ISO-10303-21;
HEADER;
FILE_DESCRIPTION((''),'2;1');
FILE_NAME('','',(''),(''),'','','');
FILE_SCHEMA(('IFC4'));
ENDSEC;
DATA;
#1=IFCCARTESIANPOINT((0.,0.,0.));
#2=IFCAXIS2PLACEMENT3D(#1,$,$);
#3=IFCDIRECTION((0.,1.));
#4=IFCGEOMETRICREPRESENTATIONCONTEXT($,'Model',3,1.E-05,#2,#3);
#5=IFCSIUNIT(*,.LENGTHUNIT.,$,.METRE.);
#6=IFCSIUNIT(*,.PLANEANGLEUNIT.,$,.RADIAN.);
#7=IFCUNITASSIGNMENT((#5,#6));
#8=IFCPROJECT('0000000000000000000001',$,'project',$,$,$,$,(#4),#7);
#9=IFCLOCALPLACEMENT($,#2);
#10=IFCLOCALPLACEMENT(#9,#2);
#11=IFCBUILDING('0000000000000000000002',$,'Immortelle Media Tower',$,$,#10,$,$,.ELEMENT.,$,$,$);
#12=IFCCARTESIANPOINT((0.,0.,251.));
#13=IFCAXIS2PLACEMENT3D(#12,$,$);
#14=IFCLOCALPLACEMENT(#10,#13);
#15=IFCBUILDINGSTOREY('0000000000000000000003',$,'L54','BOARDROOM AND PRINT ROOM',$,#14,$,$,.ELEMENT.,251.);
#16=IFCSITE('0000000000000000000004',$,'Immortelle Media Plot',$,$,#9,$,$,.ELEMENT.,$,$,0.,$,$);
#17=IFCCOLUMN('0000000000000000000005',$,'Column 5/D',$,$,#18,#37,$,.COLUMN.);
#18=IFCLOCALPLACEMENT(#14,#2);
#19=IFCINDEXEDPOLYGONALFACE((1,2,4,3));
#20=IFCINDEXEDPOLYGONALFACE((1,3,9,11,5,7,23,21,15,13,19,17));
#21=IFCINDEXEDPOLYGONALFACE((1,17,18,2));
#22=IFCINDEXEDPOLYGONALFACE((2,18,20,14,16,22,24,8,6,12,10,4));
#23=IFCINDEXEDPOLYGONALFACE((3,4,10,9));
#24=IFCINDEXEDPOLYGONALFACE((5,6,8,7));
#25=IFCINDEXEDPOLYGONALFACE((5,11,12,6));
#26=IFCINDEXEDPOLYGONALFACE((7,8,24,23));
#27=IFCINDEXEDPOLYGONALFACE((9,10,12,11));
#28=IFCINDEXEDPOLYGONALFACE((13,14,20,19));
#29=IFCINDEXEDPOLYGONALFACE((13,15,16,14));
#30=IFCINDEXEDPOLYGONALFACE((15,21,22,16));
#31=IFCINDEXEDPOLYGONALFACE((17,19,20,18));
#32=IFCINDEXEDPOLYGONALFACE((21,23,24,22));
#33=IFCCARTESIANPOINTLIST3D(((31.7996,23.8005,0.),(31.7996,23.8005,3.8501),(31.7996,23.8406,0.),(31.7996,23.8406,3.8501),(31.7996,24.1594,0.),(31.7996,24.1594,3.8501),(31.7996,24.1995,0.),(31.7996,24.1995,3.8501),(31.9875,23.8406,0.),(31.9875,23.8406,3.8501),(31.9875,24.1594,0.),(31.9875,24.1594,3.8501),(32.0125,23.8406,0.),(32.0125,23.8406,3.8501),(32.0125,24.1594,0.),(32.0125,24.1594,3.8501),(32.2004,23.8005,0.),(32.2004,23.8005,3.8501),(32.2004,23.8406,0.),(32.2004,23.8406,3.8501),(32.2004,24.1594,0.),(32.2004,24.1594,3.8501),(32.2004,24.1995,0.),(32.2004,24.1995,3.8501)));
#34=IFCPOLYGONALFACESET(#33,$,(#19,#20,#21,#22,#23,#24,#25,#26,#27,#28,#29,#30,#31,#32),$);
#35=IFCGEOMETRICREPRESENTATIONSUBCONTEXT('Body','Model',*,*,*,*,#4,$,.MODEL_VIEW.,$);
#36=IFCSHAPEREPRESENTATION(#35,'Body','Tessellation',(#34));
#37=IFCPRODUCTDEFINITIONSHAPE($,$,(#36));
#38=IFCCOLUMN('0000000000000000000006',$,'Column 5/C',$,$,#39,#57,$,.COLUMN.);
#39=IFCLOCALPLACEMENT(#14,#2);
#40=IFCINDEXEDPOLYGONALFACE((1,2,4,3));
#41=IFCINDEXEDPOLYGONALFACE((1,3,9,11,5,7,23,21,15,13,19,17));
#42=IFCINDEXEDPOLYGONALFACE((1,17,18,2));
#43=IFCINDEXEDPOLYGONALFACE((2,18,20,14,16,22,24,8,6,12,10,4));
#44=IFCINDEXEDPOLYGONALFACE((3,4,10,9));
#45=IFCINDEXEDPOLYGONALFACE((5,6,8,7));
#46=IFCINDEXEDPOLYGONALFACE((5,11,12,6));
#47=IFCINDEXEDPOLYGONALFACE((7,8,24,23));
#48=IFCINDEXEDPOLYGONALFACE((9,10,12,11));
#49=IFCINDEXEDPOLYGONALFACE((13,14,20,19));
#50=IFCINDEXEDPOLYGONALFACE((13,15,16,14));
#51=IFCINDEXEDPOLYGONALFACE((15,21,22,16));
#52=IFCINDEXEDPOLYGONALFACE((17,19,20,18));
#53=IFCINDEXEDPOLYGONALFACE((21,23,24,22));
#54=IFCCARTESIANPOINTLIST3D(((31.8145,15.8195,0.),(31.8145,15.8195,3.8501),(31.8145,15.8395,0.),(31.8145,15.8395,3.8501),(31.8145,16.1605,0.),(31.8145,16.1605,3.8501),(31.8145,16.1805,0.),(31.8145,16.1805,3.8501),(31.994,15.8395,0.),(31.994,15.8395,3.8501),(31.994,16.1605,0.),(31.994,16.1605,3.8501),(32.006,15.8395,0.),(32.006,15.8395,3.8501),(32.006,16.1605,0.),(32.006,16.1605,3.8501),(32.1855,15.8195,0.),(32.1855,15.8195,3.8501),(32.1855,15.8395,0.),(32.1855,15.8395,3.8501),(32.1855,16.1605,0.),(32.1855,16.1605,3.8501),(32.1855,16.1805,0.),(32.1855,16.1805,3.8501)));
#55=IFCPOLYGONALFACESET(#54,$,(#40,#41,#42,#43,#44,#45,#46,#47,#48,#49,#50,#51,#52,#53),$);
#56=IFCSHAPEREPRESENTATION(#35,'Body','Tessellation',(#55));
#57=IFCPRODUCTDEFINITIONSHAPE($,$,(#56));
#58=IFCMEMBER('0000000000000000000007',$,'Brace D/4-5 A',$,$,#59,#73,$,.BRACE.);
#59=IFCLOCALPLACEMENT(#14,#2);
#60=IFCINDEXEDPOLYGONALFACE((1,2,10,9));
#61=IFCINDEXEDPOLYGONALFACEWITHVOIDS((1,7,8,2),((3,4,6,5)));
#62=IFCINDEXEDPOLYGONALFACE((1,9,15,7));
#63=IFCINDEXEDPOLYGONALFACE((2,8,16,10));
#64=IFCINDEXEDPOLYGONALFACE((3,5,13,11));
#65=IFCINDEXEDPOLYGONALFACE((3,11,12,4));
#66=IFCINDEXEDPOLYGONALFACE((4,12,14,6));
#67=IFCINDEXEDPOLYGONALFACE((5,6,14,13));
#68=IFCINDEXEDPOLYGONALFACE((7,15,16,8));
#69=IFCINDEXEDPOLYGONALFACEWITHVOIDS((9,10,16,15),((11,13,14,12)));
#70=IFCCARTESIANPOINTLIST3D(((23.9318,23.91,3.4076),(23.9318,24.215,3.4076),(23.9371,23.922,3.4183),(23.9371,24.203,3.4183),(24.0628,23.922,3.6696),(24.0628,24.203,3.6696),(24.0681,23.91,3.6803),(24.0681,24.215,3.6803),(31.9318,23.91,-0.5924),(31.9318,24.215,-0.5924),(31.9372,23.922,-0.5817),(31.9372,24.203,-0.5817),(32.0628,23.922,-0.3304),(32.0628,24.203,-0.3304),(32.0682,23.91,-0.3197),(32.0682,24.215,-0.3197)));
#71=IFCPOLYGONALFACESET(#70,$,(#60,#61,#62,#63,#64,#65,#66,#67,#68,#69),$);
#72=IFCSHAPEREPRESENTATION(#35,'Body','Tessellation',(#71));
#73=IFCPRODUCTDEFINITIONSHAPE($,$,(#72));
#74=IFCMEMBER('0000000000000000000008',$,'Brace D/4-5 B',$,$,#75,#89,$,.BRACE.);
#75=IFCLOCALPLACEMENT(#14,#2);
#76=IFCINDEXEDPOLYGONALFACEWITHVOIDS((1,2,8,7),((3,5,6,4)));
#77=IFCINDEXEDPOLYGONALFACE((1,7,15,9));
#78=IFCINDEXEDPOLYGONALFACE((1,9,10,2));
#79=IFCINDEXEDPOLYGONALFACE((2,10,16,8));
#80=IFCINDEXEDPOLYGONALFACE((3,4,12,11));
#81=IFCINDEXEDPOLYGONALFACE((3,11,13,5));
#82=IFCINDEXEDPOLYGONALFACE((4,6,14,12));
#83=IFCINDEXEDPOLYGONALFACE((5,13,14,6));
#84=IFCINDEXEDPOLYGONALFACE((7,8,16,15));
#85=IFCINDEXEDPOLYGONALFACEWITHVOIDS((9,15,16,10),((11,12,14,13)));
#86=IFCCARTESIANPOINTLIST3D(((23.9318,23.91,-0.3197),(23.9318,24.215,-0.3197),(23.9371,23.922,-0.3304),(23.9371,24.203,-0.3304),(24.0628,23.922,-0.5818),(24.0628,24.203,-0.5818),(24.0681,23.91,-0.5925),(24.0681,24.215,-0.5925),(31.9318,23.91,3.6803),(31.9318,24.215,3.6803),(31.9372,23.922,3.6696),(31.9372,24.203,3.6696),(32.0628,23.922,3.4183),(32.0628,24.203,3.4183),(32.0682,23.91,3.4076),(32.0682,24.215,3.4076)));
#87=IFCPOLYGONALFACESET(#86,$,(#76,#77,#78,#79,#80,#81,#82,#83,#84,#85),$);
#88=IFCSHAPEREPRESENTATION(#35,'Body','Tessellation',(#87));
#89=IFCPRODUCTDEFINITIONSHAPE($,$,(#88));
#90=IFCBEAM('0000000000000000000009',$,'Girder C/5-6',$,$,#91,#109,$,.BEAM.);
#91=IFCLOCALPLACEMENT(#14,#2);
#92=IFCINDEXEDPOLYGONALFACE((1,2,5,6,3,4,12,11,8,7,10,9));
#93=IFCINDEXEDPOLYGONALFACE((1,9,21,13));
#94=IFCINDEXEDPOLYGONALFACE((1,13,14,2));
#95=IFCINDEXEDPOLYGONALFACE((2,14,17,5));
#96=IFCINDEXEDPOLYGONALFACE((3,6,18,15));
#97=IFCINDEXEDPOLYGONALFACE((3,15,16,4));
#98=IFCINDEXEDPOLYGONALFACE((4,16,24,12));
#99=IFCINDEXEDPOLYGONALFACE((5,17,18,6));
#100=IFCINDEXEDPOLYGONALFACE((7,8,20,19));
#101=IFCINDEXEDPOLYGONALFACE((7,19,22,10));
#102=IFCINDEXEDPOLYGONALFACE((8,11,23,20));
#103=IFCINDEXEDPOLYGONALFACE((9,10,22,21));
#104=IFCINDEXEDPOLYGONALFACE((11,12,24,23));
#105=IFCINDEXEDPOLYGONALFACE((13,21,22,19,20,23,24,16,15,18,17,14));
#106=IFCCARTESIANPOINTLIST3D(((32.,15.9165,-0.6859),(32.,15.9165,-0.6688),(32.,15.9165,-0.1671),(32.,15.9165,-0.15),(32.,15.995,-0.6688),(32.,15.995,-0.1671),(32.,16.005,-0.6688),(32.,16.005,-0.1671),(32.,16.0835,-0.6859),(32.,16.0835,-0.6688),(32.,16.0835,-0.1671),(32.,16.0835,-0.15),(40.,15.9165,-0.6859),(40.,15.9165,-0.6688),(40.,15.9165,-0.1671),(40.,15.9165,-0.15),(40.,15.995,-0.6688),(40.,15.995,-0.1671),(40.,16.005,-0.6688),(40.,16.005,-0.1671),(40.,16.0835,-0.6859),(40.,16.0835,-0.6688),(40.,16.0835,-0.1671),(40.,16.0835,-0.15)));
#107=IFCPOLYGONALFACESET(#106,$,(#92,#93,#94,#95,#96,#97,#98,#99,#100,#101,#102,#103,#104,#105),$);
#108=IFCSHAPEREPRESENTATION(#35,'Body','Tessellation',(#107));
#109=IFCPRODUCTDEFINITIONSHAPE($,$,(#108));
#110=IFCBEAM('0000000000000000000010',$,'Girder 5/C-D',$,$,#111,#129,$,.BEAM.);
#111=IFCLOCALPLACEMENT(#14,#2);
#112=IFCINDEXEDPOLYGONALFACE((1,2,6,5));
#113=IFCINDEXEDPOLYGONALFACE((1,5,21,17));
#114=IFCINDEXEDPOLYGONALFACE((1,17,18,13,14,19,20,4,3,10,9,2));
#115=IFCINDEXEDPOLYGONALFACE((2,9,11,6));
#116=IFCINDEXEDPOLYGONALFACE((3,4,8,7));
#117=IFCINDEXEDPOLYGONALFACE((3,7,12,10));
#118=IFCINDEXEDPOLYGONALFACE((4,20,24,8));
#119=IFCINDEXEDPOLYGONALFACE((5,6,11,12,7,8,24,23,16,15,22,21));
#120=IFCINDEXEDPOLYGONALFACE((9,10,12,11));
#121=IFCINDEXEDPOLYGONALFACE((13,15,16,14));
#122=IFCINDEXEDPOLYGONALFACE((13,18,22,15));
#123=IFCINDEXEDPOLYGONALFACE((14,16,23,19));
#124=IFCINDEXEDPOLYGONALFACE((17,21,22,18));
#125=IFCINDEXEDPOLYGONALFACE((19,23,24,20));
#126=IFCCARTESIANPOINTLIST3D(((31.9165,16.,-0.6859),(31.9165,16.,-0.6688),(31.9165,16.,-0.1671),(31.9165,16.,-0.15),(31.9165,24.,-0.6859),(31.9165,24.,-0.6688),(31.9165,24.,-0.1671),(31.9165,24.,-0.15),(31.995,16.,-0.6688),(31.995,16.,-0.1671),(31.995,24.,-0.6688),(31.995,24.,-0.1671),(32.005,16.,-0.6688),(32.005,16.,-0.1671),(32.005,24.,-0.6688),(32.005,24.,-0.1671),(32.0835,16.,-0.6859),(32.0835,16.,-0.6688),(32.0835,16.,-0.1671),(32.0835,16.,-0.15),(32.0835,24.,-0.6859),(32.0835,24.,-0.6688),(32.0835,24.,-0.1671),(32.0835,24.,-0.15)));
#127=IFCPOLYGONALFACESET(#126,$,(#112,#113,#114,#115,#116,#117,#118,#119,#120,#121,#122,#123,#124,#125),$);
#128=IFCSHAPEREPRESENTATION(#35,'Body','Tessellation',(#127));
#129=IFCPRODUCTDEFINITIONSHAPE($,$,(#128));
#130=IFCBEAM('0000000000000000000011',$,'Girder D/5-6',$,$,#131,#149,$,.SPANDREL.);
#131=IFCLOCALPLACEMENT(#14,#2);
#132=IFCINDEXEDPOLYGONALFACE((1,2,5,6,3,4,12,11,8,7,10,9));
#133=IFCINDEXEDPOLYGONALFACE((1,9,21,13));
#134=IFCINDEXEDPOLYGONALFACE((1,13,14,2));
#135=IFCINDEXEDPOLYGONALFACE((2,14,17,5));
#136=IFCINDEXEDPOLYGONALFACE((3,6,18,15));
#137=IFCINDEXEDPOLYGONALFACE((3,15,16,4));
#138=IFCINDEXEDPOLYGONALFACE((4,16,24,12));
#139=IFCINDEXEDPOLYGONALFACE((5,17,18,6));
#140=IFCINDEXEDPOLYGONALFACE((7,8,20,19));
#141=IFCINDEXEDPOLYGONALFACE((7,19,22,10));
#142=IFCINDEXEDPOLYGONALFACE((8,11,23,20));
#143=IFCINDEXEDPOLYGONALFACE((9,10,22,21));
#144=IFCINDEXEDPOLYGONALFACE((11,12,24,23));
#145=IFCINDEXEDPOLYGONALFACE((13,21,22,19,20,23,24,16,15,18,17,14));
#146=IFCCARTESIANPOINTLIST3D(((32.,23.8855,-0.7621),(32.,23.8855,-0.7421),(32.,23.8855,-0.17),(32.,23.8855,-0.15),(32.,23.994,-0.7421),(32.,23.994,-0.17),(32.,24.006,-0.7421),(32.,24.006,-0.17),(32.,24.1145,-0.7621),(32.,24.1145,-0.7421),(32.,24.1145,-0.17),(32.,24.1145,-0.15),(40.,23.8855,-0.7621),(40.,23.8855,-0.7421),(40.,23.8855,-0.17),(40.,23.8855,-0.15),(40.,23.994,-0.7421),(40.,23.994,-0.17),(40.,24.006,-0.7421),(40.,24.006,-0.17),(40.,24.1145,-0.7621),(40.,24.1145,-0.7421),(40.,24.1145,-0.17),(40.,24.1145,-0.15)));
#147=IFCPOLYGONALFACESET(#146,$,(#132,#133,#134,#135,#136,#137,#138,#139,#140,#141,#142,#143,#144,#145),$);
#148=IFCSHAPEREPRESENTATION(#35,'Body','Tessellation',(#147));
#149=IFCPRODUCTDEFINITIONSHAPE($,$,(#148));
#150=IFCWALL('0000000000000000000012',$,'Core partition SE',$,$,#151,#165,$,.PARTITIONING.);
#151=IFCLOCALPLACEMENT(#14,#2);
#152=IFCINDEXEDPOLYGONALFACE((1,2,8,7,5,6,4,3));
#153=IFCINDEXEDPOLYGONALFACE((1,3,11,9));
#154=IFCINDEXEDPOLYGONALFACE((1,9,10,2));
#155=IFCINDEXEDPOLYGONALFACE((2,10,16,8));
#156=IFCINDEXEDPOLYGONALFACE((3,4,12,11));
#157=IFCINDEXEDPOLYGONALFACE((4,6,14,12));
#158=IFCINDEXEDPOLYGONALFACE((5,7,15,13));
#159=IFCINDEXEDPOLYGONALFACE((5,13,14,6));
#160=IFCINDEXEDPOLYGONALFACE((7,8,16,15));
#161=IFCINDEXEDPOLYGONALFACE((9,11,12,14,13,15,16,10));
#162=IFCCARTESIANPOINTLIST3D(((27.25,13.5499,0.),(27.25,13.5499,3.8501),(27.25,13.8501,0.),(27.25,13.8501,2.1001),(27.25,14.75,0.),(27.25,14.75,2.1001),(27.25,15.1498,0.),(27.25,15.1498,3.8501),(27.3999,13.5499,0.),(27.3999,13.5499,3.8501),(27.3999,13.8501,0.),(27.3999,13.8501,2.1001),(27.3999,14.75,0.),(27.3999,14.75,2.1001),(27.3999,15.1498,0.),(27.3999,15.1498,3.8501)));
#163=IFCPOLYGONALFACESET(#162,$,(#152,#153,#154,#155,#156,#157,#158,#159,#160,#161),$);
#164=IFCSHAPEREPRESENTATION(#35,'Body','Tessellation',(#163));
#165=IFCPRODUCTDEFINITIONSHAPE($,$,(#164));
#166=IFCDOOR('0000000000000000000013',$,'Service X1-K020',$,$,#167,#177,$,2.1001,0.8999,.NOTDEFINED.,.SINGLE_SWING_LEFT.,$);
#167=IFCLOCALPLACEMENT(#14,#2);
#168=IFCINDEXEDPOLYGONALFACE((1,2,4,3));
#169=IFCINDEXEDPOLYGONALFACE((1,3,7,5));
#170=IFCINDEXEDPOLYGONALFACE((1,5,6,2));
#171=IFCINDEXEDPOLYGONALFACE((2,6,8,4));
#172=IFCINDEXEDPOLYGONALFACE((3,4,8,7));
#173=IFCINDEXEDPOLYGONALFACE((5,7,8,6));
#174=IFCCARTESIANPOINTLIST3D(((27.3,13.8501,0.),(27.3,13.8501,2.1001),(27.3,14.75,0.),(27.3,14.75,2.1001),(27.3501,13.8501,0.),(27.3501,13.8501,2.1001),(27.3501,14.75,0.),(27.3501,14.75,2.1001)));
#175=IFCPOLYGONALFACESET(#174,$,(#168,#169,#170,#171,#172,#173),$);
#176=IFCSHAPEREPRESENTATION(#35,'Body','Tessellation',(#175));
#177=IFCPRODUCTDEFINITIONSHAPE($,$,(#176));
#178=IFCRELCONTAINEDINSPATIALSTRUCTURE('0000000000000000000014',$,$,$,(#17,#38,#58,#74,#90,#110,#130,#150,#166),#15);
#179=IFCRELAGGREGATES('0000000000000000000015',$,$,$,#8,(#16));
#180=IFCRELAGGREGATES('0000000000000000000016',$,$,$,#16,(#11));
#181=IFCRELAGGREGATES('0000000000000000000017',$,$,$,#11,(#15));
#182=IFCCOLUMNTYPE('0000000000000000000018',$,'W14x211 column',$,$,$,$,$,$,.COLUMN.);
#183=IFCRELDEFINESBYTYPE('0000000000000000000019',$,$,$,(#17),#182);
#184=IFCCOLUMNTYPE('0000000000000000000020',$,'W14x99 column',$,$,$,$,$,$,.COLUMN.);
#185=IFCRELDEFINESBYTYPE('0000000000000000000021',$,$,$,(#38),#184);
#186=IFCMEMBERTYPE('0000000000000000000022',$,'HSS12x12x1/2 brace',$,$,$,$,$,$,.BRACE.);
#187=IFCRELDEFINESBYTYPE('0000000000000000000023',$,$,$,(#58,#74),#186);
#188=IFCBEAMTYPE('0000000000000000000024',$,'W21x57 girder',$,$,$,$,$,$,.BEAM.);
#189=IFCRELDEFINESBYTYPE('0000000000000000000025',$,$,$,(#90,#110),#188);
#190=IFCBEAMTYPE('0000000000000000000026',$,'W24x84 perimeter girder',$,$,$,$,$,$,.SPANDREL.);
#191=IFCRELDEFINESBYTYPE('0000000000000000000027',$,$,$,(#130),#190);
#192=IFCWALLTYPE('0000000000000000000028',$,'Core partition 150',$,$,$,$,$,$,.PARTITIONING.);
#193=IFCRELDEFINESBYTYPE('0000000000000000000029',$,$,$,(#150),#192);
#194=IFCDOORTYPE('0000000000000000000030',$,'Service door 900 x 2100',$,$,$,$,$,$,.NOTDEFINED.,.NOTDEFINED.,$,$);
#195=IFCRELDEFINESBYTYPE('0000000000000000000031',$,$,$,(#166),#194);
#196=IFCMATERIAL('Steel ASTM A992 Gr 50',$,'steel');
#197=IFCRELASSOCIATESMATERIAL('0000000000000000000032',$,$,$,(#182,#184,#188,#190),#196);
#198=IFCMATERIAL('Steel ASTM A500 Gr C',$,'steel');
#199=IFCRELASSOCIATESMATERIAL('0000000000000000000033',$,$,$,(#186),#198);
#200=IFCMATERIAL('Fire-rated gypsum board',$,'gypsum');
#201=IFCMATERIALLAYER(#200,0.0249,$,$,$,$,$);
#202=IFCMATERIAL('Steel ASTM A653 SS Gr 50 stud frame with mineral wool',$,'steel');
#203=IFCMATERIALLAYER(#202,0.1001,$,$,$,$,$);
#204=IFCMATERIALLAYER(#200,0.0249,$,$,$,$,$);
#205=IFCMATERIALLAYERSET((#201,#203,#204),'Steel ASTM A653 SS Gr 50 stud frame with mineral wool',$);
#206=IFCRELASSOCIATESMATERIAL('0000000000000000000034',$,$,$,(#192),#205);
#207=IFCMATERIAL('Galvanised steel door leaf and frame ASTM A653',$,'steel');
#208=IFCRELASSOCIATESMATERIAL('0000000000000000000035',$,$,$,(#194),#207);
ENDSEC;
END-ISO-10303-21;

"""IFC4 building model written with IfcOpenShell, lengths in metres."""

from ifc_helpers import new_model, si_unit, direction, frame, frame_2d, origin, origin_2d, place, context, subcontext, project, spatial, rectangle, hollow_rectangle, i_section, extrude, material, layer, layer_set, material_profile, profile_set, type_object, element, fill, save


model = new_model("IFC4")

# Units and contexts
model_context = context("Model", 3, precision=1e-05, world=origin(), true_north=direction((0.0, 1.0)))
body_context = subcontext(model_context, "Body", "Model", "MODEL_VIEW")
ifc_project = project(units=[si_unit("LENGTHUNIT", "METRE"), si_unit("PLANEANGLEUNIT", "RADIAN")], contexts=[model_context])

# Site, building, storey
site_placement = place(None, origin())
site = spatial("IfcSite", under=ifc_project, at=site_placement, Name="Immortelle Media Plot", CompositionType="ELEMENT", RefElevation=0.0)
building_placement = place(site_placement, origin())
building = spatial("IfcBuilding", under=site, at=building_placement, Name="Immortelle Media Tower", CompositionType="ELEMENT")
storey_placement = place(building_placement, frame((0.0, 0.0, 251.0)))
storey = spatial("IfcBuildingStorey", under=building, at=storey_placement, Name="L54", Description="BOARDROOM AND PRINT ROOM", CompositionType="ELEMENT", Elevation=251.0)

# Columns
ifc_material_1 = material(Name="Steel ASTM A992 Gr 50", Category="steel")
ifc_material_profile_1 = material_profile(ifc_material_1, i_section(OverallWidth=0.4009, OverallDepth=0.3989, WebThickness=0.0249, FlangeThickness=0.04, at=origin_2d()), Name="W14x211")
ifc_profile_set_1 = profile_set([ifc_material_profile_1], Name="Steel ASTM A992 Gr 50")
column_type_1 = type_object("IfcColumnType", Name="W14x211 column", PredefinedType="COLUMN", material=ifc_profile_set_1)
column_1_placement = place(storey_placement, frame((32.0, 24.0, 0.0), z_axis=(0.0, 0.0, 1.0), x_axis=(1.0, 0.0, 0.0)))
element("IfcColumn", 1, at=column_1_placement, inside=storey, type_object=column_type_1, Name="Column 5/D", PredefinedType="COLUMN", context=body_context, shape_type="SweptSolid", body=[
    extrude(i_section(OverallWidth=0.4009, OverallDepth=0.3989, WebThickness=0.0249, FlangeThickness=0.04, at=origin_2d()), origin(), (0.0, 0.0, 1.0), 3.8501),
])
ifc_material_profile_2 = material_profile(ifc_material_1, i_section(OverallWidth=0.3711, OverallDepth=0.3611, WebThickness=0.012, FlangeThickness=0.02, at=origin_2d()), Name="W14x99")
ifc_profile_set_2 = profile_set([ifc_material_profile_2], Name="Steel ASTM A992 Gr 50")
column_type_2 = type_object("IfcColumnType", Name="W14x99 column", PredefinedType="COLUMN", material=ifc_profile_set_2)
column_2_placement = place(storey_placement, frame((32.0, 16.0, 0.0), z_axis=(0.0, 0.0, 1.0), x_axis=(1.0, 0.0, 0.0)))
element("IfcColumn", 2, at=column_2_placement, inside=storey, type_object=column_type_2, Name="Column 5/C", PredefinedType="COLUMN", context=body_context, shape_type="SweptSolid", body=[
    extrude(i_section(OverallWidth=0.3711, OverallDepth=0.3611, WebThickness=0.012, FlangeThickness=0.02, at=origin_2d()), origin(), (0.0, 0.0, 1.0), 3.8501),
])

# Members
ifc_material_2 = material(Name="Steel ASTM A500 Gr C", Category="steel")
ifc_material_profile_3 = material_profile(ifc_material_2, hollow_rectangle(XDim=0.3049, YDim=0.3049, WallThickness=0.012, at=origin_2d()), Name="HSS12x12x1/2 brace")
ifc_profile_set_3 = profile_set([ifc_material_profile_3], Name="Steel ASTM A500 Gr C")
member_type = type_object("IfcMemberType", Name="HSS12x12x1/2 brace", PredefinedType="BRACE", material=ifc_profile_set_3)
for number, where, z_axis, x_axis, name in (
    (3, (32.0, 24.0625, -0.4561), (-0.894427, 0.0, 0.447214), (0.0, -1.0, 0.0), "Brace D/4-5 A"),
    (4, (32.0, 24.0625, 3.5439), (-0.894427, 0.0, -0.447214), (0.0, -1.0, 0.0), "Brace D/4-5 B"),
):
    element("IfcMember", number, at=place(storey_placement, frame(where, z_axis=z_axis, x_axis=x_axis)), inside=storey, type_object=member_type, Name=name, PredefinedType="BRACE", context=body_context, shape_type="SweptSolid", body=[
        extrude(hollow_rectangle(XDim=0.3049, YDim=0.3049, WallThickness=0.012, at=origin_2d()), origin(), (0.0, 0.0, 1.0), 8.9443),
    ])

# Beams
ifc_material_profile_4 = material_profile(ifc_material_1, i_section(OverallWidth=0.167, OverallDepth=0.5359, WebThickness=0.01, FlangeThickness=0.0171, at=origin_2d()), Name="W21x57")
ifc_profile_set_4 = profile_set([ifc_material_profile_4], Name="Steel ASTM A992 Gr 50")
beam_type_1 = type_object("IfcBeamType", Name="W21x57 girder", PredefinedType="BEAM", material=ifc_profile_set_4)
for number, where, z_axis, x_axis, name in (
    (5, (32.0, 16.0, -0.418), (1.0, 0.0, 0.0), (0.0, 1.0, 0.0), "Girder C/5-6"),
    (6, (32.0, 16.0, -0.418), (0.0, 1.0, 0.0), (-1.0, 0.0, 0.0), "Girder 5/C-D"),
):
    element("IfcBeam", number, at=place(storey_placement, frame(where, z_axis=z_axis, x_axis=x_axis)), inside=storey, type_object=beam_type_1, Name=name, PredefinedType="BEAM", context=body_context, shape_type="SweptSolid", body=[
        extrude(i_section(OverallWidth=0.167, OverallDepth=0.5359, WebThickness=0.01, FlangeThickness=0.0171, at=origin_2d()), origin(), (0.0, 0.0, 1.0), 8.0),
    ])
ifc_material_profile_5 = material_profile(ifc_material_1, i_section(OverallWidth=0.229, OverallDepth=0.6121, WebThickness=0.012, FlangeThickness=0.02, at=origin_2d()), Name="W24x84")
ifc_profile_set_5 = profile_set([ifc_material_profile_5], Name="Steel ASTM A992 Gr 50")
beam_type_2 = type_object("IfcBeamType", Name="W24x84 perimeter girder", PredefinedType="SPANDREL", material=ifc_profile_set_5)
beam_placement = place(storey_placement, frame((32.0, 24.0, -0.4561), z_axis=(1.0, 0.0, 0.0), x_axis=(0.0, 1.0, 0.0)))
element("IfcBeam", 7, at=beam_placement, inside=storey, type_object=beam_type_2, Name="Girder D/5-6", PredefinedType="SPANDREL", context=body_context, shape_type="SweptSolid", body=[
    extrude(i_section(OverallWidth=0.229, OverallDepth=0.6121, WebThickness=0.012, FlangeThickness=0.02, at=origin_2d()), origin(), (0.0, 0.0, 1.0), 8.0),
])

# Wall, opening, door
ifc_material_3 = material(Name="Fire-rated gypsum board", Category="gypsum")
ifc_layer_1 = layer(ifc_material_3, 0.0249)
ifc_material_4 = material(Name="Steel ASTM A653 SS Gr 50 stud frame with mineral wool", Category="steel")
ifc_layer_2 = layer(ifc_material_4, 0.1001)
ifc_layer_3 = layer(ifc_material_3, 0.0249)
ifc_layer_set_1 = layer_set([ifc_layer_1, ifc_layer_2, ifc_layer_3], Name="Steel ASTM A653 SS Gr 50 stud frame with mineral wool")
wall_type_1 = type_object("IfcWallType", Name="Core partition 150", PredefinedType="PARTITIONING", material=ifc_layer_set_1)
wall_1_placement = place(storey_placement, frame((27.325, 13.55, 0.0), z_axis=(0.0, 0.0, 1.0), x_axis=(0.0, 1.0, 0.0)))
wall_1 = element("IfcWall", 8, at=wall_1_placement, inside=storey, type_object=wall_type_1, Name="Core partition SE", PredefinedType="PARTITIONING", context=body_context, shape_type="SweptSolid", body=[
    extrude(rectangle(XDim=1.5999, YDim=0.1499, at=frame_2d((0.7998, 0.0))), origin(), (0.0, 0.0, 1.0), 3.8501),
])
opening_1_placement = place(wall_1_placement, frame((0.3, 0.0, 0.0)))
opening_1 = element("IfcOpeningElement", 9, at=opening_1_placement, cuts=wall_1, PredefinedType="OPENING", context=body_context, shape_type="SweptSolid", body=[
    extrude(rectangle(XDim=0.8999, YDim=2.1001, at=frame_2d((0.45, 1.05))), frame((0.0, 0.085, 0.0), z_axis=(0.0, -1.0, 0.0), x_axis=(1.0, 0.0, 0.0)), (0.0, 0.0, 1.0), 0.1699),
])
ifc_material_5 = material(Name="Galvanised steel door leaf and frame ASTM A653", Category="steel")
door_type_1 = type_object("IfcDoorType", Name="Service door 900 x 2100", OperationType="NOTDEFINED", PredefinedType="NOTDEFINED", material=ifc_material_5)
door_1_placement = place(opening_1_placement, origin())
door_1 = element("IfcDoor", 10, at=door_1_placement, inside=storey, type_object=door_type_1, Name="Service X1-K020", OperationType="SINGLE_SWING_LEFT", OverallHeight=2.1001, OverallWidth=0.8999, PredefinedType="NOTDEFINED", context=body_context, shape_type="SweptSolid", body=[
    extrude(rectangle(XDim=0.8999, YDim=2.1001, at=frame_2d((0.45, 1.05))), frame((0.0, 0.0249, 0.0), z_axis=(0.0, -1.0, 0.0), x_axis=(1.0, 0.0, 0.0)), (0.0, 0.0, 1.0), 0.05),
])
fill(opening_1, door_1)

save(model, "model.ifc")
